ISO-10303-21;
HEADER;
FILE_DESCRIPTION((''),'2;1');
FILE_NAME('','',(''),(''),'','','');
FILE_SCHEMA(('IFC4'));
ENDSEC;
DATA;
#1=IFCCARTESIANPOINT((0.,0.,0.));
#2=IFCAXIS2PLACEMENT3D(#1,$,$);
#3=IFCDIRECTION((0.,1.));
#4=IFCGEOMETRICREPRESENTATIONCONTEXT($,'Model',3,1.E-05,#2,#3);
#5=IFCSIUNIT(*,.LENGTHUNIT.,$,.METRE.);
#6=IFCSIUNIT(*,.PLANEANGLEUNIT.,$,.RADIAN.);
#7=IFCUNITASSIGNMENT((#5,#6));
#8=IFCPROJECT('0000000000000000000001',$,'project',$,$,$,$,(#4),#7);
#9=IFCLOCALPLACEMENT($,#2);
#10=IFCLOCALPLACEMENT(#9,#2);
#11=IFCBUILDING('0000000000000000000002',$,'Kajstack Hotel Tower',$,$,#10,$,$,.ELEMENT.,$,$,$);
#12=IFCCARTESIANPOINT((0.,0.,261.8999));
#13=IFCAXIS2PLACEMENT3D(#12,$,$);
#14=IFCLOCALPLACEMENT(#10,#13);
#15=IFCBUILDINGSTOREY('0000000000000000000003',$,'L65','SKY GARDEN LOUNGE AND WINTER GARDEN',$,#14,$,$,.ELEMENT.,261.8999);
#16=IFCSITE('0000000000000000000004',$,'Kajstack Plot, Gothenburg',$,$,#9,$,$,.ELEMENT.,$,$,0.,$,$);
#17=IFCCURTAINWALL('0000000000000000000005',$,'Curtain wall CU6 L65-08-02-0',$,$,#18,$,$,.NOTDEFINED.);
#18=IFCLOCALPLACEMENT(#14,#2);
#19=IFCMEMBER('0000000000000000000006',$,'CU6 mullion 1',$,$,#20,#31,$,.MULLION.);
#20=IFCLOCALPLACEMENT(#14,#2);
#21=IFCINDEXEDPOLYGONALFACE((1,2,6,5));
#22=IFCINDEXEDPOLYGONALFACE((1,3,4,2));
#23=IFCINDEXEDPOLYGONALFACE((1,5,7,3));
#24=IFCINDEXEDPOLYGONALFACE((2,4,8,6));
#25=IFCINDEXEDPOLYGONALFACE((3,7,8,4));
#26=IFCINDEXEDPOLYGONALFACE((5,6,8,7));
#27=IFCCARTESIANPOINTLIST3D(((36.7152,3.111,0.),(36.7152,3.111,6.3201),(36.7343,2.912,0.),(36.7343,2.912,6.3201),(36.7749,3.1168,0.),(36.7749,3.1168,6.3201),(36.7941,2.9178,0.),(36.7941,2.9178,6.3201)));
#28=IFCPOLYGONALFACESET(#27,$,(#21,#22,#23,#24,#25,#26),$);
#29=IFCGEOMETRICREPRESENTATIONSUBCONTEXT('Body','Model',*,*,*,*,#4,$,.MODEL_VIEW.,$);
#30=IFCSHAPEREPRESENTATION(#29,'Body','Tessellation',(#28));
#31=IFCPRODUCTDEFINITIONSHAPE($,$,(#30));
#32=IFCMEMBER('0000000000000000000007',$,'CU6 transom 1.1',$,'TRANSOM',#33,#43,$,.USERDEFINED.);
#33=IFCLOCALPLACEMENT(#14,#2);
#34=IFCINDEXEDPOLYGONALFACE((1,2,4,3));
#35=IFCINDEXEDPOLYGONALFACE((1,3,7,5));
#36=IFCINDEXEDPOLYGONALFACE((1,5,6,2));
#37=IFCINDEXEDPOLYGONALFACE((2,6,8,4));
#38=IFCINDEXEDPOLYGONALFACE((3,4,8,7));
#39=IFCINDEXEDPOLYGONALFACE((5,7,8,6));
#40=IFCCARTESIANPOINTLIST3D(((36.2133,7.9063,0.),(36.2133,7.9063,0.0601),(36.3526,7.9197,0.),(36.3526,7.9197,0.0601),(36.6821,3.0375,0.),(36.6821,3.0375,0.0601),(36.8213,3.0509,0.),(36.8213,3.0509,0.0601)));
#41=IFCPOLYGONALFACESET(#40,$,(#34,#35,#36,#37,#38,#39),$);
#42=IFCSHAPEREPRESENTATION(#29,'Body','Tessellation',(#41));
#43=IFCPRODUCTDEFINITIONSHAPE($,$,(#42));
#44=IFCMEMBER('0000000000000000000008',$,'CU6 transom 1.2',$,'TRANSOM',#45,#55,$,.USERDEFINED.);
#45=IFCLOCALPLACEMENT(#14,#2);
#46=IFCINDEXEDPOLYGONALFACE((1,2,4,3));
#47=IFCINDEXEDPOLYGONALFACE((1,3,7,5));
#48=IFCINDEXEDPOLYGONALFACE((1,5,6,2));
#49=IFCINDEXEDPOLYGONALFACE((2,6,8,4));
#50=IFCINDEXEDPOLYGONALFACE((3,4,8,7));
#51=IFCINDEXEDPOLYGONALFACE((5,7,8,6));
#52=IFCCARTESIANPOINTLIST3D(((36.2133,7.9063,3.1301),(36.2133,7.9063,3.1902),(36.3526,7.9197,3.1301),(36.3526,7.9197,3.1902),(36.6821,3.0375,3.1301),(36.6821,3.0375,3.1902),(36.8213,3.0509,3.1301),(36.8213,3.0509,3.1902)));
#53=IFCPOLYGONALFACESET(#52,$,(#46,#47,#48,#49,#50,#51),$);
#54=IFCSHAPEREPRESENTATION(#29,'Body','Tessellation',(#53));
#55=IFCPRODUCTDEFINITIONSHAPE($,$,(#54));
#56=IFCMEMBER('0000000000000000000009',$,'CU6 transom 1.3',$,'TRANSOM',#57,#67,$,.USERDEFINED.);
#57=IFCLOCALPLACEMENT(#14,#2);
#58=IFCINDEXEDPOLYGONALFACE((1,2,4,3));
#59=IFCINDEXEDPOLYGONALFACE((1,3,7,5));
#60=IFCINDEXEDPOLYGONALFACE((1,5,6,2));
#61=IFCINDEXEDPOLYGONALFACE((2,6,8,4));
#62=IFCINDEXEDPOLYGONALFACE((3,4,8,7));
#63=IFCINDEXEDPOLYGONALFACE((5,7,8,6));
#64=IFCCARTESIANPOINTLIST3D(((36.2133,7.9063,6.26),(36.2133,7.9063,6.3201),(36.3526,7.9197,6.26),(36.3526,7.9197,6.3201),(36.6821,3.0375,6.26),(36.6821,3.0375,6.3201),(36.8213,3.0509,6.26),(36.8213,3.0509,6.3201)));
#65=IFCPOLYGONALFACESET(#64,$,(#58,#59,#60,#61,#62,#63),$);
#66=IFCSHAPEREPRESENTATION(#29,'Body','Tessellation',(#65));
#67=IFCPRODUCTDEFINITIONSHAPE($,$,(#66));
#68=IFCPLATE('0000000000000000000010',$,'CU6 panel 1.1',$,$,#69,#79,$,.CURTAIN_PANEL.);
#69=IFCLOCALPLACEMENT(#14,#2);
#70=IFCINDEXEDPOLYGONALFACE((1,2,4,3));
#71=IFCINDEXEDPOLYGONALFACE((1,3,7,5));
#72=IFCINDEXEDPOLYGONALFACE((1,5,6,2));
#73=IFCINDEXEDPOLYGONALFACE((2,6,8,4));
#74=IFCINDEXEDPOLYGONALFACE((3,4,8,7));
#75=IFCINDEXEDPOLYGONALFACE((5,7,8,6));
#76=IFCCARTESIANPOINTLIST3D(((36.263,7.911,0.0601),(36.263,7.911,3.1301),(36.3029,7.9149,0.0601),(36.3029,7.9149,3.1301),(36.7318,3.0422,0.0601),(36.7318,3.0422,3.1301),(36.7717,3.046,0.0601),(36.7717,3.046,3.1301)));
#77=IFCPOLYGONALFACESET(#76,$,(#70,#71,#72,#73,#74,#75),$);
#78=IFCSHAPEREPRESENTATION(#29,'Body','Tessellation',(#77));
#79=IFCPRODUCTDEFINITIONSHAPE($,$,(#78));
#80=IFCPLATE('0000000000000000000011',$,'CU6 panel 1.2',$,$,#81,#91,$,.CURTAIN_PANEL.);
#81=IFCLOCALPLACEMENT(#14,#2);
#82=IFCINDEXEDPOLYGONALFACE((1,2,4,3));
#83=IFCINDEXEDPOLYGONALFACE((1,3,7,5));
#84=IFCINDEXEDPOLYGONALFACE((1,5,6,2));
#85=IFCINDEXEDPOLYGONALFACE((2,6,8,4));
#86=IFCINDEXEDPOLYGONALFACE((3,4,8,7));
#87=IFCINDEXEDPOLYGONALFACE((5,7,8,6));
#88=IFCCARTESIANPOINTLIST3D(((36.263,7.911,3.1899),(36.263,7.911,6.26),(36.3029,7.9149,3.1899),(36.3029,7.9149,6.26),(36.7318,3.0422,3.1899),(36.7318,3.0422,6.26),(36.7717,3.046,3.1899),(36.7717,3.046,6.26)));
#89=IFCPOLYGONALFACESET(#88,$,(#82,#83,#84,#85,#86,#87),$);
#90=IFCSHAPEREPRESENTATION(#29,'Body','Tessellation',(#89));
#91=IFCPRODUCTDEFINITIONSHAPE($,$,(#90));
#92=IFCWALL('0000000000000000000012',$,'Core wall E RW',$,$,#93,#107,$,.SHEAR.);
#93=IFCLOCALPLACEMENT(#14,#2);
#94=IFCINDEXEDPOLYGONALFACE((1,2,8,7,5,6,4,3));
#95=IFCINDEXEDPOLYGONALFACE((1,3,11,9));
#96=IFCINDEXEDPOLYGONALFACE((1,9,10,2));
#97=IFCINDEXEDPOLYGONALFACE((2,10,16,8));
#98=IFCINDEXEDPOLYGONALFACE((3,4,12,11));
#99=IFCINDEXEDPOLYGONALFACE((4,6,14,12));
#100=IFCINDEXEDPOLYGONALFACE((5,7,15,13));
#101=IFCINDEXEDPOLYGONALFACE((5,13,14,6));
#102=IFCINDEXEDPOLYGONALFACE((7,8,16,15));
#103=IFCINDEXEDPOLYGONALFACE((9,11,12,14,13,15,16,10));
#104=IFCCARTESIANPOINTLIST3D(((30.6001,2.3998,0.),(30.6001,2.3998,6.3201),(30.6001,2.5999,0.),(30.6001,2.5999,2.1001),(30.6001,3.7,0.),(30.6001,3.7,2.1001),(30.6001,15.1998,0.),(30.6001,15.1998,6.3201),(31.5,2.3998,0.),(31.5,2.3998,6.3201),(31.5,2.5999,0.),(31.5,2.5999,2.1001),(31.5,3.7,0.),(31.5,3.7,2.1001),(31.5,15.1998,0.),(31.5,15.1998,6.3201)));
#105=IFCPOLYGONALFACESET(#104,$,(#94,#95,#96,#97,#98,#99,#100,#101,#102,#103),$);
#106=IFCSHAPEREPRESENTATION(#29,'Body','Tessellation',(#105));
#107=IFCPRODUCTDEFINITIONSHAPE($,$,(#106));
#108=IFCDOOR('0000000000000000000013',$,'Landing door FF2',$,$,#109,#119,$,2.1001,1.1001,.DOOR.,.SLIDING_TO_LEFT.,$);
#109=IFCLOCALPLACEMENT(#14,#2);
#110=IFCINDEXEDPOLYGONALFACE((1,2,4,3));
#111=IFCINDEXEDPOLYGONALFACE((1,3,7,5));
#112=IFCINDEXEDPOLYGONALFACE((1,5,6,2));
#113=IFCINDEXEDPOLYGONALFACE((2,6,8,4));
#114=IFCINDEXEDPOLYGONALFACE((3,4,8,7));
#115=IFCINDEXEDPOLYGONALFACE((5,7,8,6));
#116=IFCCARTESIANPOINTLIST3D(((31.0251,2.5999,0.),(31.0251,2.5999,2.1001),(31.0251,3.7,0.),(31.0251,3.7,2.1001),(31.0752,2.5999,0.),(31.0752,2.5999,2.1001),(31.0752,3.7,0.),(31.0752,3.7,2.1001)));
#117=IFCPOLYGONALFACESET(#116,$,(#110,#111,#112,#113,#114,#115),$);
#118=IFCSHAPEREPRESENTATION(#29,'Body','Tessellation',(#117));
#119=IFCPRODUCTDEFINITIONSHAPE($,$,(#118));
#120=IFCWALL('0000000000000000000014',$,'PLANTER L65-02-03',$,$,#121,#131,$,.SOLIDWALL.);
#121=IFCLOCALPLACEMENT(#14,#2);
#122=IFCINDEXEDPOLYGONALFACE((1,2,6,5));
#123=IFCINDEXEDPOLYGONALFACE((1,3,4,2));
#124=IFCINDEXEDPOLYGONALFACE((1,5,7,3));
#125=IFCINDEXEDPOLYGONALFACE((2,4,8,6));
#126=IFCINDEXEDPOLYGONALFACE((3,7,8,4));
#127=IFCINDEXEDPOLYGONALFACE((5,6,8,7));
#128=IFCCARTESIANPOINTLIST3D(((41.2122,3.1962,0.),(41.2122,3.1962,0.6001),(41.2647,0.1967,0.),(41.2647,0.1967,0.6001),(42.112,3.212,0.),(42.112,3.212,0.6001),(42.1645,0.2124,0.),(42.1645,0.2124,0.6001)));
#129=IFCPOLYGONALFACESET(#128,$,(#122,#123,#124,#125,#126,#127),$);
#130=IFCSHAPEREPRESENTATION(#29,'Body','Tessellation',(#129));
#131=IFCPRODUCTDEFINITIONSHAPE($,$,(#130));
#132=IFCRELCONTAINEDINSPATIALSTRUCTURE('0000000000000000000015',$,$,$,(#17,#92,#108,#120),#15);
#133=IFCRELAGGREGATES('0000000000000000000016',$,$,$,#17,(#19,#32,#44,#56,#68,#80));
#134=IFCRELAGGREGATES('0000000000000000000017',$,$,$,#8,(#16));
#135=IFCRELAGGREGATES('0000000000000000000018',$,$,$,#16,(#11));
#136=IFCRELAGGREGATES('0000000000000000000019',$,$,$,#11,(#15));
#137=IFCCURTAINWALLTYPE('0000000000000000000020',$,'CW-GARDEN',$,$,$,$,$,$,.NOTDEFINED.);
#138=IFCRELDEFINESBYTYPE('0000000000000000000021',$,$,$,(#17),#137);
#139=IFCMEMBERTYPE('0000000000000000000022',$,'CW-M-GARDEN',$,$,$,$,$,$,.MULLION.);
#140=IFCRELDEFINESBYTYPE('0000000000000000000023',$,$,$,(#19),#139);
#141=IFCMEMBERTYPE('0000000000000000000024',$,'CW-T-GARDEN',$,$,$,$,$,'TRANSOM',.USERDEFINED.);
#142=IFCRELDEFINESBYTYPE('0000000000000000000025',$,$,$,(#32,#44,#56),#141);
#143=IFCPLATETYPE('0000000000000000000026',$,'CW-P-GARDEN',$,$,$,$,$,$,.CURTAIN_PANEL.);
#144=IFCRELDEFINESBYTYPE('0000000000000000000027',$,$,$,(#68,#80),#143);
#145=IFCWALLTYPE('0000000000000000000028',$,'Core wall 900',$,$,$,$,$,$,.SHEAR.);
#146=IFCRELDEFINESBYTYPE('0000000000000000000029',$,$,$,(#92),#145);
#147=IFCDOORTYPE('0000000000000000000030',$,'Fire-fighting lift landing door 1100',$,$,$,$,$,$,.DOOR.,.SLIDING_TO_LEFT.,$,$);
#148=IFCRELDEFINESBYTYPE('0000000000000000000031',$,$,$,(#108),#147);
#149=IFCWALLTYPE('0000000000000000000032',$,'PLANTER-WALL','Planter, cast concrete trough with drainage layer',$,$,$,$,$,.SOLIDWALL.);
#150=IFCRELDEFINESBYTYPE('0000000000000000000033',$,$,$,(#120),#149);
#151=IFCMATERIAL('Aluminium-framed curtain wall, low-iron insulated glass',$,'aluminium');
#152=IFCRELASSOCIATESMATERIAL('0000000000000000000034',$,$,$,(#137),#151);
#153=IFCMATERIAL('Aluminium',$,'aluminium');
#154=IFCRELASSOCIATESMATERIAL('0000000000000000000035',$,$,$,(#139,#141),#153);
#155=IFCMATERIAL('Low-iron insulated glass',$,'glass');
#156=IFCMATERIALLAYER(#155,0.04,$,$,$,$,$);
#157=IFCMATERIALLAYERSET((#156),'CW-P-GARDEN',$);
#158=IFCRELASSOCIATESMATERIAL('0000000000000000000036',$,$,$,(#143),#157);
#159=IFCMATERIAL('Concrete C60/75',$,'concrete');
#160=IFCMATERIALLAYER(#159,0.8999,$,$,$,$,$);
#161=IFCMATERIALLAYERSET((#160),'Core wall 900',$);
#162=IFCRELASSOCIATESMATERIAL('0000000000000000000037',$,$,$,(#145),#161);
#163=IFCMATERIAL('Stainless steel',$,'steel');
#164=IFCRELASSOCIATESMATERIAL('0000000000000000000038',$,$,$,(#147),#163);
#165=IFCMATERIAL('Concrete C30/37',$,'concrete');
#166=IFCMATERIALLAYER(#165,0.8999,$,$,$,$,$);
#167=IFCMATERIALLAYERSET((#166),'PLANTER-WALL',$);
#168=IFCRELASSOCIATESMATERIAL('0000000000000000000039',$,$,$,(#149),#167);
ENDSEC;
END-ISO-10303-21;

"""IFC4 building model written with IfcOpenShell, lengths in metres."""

from ifc_helpers import new_model, si_unit, direction, frame, frame_2d, origin, origin_2d, place, context, subcontext, project, spatial, rectangle, extrude, material, layer, layer_set, material_profile, profile_set, type_object, element, fill, aggregate, save


model = new_model("IFC4")

# Units and contexts
model_context = context("Model", 3, precision=1e-05, world=origin(), true_north=direction((0.0, 1.0)))
body_context = subcontext(model_context, "Body", "Model", "MODEL_VIEW")
ifc_project = project(units=[si_unit("LENGTHUNIT", "METRE"), si_unit("PLANEANGLEUNIT", "RADIAN")], contexts=[model_context])

# Site, building, storey
site_placement = place(None, origin())
site = spatial("IfcSite", under=ifc_project, at=site_placement, Name="Kajstack Plot, Gothenburg", CompositionType="ELEMENT", RefElevation=0.0)
building_placement = place(site_placement, origin())
building = spatial("IfcBuilding", under=site, at=building_placement, Name="Kajstack Hotel Tower", CompositionType="ELEMENT")
storey_placement = place(building_placement, frame((0.0, 0.0, 261.8999)))
storey = spatial("IfcBuildingStorey", under=building, at=storey_placement, Name="L65", Description="SKY GARDEN LOUNGE AND WINTER GARDEN", CompositionType="ELEMENT", Elevation=261.8999)

# Curtain wall, members, plates
ifc_material_1 = material(Name="Aluminium-framed curtain wall, low-iron insulated glass", Category="aluminium")
curtain_wall_type = type_object("IfcCurtainWallType", Name="CW-GARDEN", PredefinedType="NOTDEFINED", material=ifc_material_1)
curtain_wall_placement = place(storey_placement, origin())
curtain_wall = element("IfcCurtainWall", 1, at=curtain_wall_placement, inside=storey, type_object=curtain_wall_type, Name="Curtain wall CU6 L65-08-02-0", PredefinedType="NOTDEFINED")
ifc_material_2 = material(Name="Aluminium", Category="aluminium")
ifc_material_profile_1 = material_profile(ifc_material_2, rectangle(XDim=0.0601, YDim=0.2, at=origin_2d()), Name="Aluminium mullion 60 x 200")
ifc_profile_set_1 = profile_set([ifc_material_profile_1], Name="Aluminium")
member_type_1 = type_object("IfcMemberType", Name="CW-M-GARDEN", PredefinedType="MULLION", material=ifc_profile_set_1)
member_1_placement = place(storey_placement, frame((36.7546, 3.0144, 0.0), z_axis=(0.0, 0.0, 1.0), x_axis=(-0.995396, -0.095847, 0.0)))
member_1 = element("IfcMember", 2, at=member_1_placement, type_object=member_type_1, Name="CU6 mullion 1", PredefinedType="MULLION", context=body_context, shape_type="SweptSolid", body=[
    extrude(rectangle(XDim=0.0601, YDim=0.2, at=origin_2d()), origin(), (0.0, 0.0, 1.0), 6.3201),
])
ifc_material_profile_2 = material_profile(ifc_material_2, rectangle(XDim=0.1399, YDim=0.0601, at=origin_2d()), Name="Aluminium transom 140 x 60")
ifc_profile_set_2 = profile_set([ifc_material_profile_2], Name="Aluminium")
member_type_2 = type_object("IfcMemberType", Name="CW-T-GARDEN", ElementType="TRANSOM", PredefinedType="USERDEFINED", material=ifc_profile_set_2)
member_2_placement = place(storey_placement, frame((36.7517, 3.0442, 0.03), z_axis=(-0.095831, 0.995398, 0.0), x_axis=(-0.995398, -0.095831, 0.0)))
member_2 = element("IfcMember", 3, at=member_2_placement, type_object=member_type_2, Name="CU6 transom 1.1", ObjectType="TRANSOM", PredefinedType="USERDEFINED", context=body_context, shape_type="SweptSolid", body=[
    extrude(rectangle(XDim=0.1399, YDim=0.0601, at=origin_2d()), origin(), (0.0, 0.0, 1.0), 4.8914),
])
member_3_placement = place(storey_placement, frame((36.7517, 3.0442, 3.1602), z_axis=(-0.095831, 0.995398, 0.0), x_axis=(-0.995398, -0.095831, 0.0)))
member_3 = element("IfcMember", 4, at=member_3_placement, type_object=member_type_2, Name="CU6 transom 1.2", ObjectType="TRANSOM", PredefinedType="USERDEFINED", context=body_context, shape_type="SweptSolid", body=[
    extrude(rectangle(XDim=0.1399, YDim=0.0601, at=origin_2d()), origin(), (0.0, 0.0, 1.0), 4.8914),
])
member_4_placement = place(storey_placement, frame((36.7517, 3.0442, 6.29), z_axis=(-0.095831, 0.995398, 0.0), x_axis=(-0.995398, -0.095831, 0.0)))
member_4 = element("IfcMember", 5, at=member_4_placement, type_object=member_type_2, Name="CU6 transom 1.3", ObjectType="TRANSOM", PredefinedType="USERDEFINED", context=body_context, shape_type="SweptSolid", body=[
    extrude(rectangle(XDim=0.1399, YDim=0.0601, at=origin_2d()), origin(), (0.0, 0.0, 1.0), 4.8914),
])
ifc_material_3 = material(Name="Low-iron insulated glass", Category="glass")
ifc_layer_1 = layer(ifc_material_3, 0.04)
ifc_layer_set_1 = layer_set([ifc_layer_1], Name="CW-P-GARDEN")
plate_type = type_object("IfcPlateType", Name="CW-P-GARDEN", PredefinedType="CURTAIN_PANEL", material=ifc_layer_set_1)
plate_1_placement = place(storey_placement, frame((36.5173, 5.4785, 0.0601), z_axis=(0.0, 0.0, 1.0), x_axis=(-0.095847, 0.995396, 0.0)))
plate_1 = element("IfcPlate", 6, at=plate_1_placement, type_object=plate_type, Name="CU6 panel 1.1", PredefinedType="CURTAIN_PANEL", context=body_context, shape_type="SweptSolid", body=[
    extrude(rectangle(XDim=4.8914, YDim=0.04, at=origin_2d()), origin(), (0.0, 0.0, 1.0), 3.0701),
])
plate_2_placement = place(storey_placement, frame((36.5173, 5.4785, 3.1899), z_axis=(0.0, 0.0, 1.0), x_axis=(-0.095847, 0.995396, 0.0)))
plate_2 = element("IfcPlate", 7, at=plate_2_placement, type_object=plate_type, Name="CU6 panel 1.2", PredefinedType="CURTAIN_PANEL", context=body_context, shape_type="SweptSolid", body=[
    extrude(rectangle(XDim=4.8914, YDim=0.04, at=origin_2d()), origin(), (0.0, 0.0, 1.0), 3.0701),
])
aggregate(curtain_wall, [member_1, member_2, member_3, member_4, plate_1, plate_2])

# Wall, opening, door
ifc_material_4 = material(Name="Concrete C60/75", Category="concrete")
ifc_layer_2 = layer(ifc_material_4, 0.8999)
ifc_layer_set_2 = layer_set([ifc_layer_2], Name="Core wall 900")
wall_type_1 = type_object("IfcWallType", Name="Core wall 900", PredefinedType="SHEAR", material=ifc_layer_set_2)
wall_1_placement = place(storey_placement, frame((31.05, 2.3999, 0.0), z_axis=(0.0, 0.0, 1.0), x_axis=(0.0, 1.0, 0.0)))
wall_1 = element("IfcWall", 8, at=wall_1_placement, inside=storey, type_object=wall_type_1, Name="Core wall E RW", PredefinedType="SHEAR", context=body_context, shape_type="SweptSolid", body=[
    extrude(rectangle(XDim=12.8, YDim=0.8999, at=frame_2d((6.3999, 0.0))), origin(), (0.0, 0.0, 1.0), 6.3201),
])
opening_1_placement = place(wall_1_placement, frame((0.2, 0.0, 0.0)))
opening_1 = element("IfcOpeningElement", 9, at=opening_1_placement, cuts=wall_1, PredefinedType="OPENING", context=body_context, shape_type="SweptSolid", body=[
    extrude(rectangle(XDim=1.1001, YDim=2.1001, at=frame_2d((0.55, 1.05))), frame((0.0, 0.46, 0.0), z_axis=(0.0, -1.0, 0.0), x_axis=(1.0, 0.0, 0.0)), (0.0, 0.0, 1.0), 0.9199),
])
ifc_material_5 = material(Name="Stainless steel", Category="steel")
door_type_1 = type_object("IfcDoorType", Name="Fire-fighting lift landing door 1100", OperationType="SLIDING_TO_LEFT", PredefinedType="DOOR", material=ifc_material_5)
door_1_placement = place(opening_1_placement, origin())
door_1 = element("IfcDoor", 10, at=door_1_placement, inside=storey, type_object=door_type_1, Name="Landing door FF2", OperationType="SLIDING_TO_LEFT", OverallHeight=2.1001, OverallWidth=1.1001, PredefinedType="DOOR", context=body_context, shape_type="SweptSolid", body=[
    extrude(rectangle(XDim=1.1001, YDim=2.1001, at=frame_2d((0.55, 1.05))), frame((0.0, 0.0249, 0.0), z_axis=(0.0, -1.0, 0.0), x_axis=(1.0, 0.0, 0.0)), (0.0, 0.0, 1.0), 0.05),
])
fill(opening_1, door_1)

# Wall
ifc_material_6 = material(Name="Concrete C30/37", Category="concrete")
ifc_layer_3 = layer(ifc_material_6, 0.8999)
ifc_layer_set_3 = layer_set([ifc_layer_3], Name="PLANTER-WALL")
wall_type_2 = type_object("IfcWallType", Name="PLANTER-WALL", Description="Planter, cast concrete trough with drainage layer", PredefinedType="SOLIDWALL", material=ifc_layer_set_3)
wall_2_placement = place(storey_placement, frame((41.6621, 3.2041, 0.0), z_axis=(0.0, 0.0, 1.0), x_axis=(0.017497, -0.999847, 0.0)))
element("IfcWall", 11, at=wall_2_placement, inside=storey, type_object=wall_type_2, Name="PLANTER L65-02-03", PredefinedType="SOLIDWALL", context=body_context, shape_type="SweptSolid", body=[
    extrude(rectangle(XDim=3.0, YDim=0.8999, at=frame_2d((1.5, 0.0))), origin(), (0.0, 0.0, 1.0), 0.6001),
])

save(model, "model.ifc")
